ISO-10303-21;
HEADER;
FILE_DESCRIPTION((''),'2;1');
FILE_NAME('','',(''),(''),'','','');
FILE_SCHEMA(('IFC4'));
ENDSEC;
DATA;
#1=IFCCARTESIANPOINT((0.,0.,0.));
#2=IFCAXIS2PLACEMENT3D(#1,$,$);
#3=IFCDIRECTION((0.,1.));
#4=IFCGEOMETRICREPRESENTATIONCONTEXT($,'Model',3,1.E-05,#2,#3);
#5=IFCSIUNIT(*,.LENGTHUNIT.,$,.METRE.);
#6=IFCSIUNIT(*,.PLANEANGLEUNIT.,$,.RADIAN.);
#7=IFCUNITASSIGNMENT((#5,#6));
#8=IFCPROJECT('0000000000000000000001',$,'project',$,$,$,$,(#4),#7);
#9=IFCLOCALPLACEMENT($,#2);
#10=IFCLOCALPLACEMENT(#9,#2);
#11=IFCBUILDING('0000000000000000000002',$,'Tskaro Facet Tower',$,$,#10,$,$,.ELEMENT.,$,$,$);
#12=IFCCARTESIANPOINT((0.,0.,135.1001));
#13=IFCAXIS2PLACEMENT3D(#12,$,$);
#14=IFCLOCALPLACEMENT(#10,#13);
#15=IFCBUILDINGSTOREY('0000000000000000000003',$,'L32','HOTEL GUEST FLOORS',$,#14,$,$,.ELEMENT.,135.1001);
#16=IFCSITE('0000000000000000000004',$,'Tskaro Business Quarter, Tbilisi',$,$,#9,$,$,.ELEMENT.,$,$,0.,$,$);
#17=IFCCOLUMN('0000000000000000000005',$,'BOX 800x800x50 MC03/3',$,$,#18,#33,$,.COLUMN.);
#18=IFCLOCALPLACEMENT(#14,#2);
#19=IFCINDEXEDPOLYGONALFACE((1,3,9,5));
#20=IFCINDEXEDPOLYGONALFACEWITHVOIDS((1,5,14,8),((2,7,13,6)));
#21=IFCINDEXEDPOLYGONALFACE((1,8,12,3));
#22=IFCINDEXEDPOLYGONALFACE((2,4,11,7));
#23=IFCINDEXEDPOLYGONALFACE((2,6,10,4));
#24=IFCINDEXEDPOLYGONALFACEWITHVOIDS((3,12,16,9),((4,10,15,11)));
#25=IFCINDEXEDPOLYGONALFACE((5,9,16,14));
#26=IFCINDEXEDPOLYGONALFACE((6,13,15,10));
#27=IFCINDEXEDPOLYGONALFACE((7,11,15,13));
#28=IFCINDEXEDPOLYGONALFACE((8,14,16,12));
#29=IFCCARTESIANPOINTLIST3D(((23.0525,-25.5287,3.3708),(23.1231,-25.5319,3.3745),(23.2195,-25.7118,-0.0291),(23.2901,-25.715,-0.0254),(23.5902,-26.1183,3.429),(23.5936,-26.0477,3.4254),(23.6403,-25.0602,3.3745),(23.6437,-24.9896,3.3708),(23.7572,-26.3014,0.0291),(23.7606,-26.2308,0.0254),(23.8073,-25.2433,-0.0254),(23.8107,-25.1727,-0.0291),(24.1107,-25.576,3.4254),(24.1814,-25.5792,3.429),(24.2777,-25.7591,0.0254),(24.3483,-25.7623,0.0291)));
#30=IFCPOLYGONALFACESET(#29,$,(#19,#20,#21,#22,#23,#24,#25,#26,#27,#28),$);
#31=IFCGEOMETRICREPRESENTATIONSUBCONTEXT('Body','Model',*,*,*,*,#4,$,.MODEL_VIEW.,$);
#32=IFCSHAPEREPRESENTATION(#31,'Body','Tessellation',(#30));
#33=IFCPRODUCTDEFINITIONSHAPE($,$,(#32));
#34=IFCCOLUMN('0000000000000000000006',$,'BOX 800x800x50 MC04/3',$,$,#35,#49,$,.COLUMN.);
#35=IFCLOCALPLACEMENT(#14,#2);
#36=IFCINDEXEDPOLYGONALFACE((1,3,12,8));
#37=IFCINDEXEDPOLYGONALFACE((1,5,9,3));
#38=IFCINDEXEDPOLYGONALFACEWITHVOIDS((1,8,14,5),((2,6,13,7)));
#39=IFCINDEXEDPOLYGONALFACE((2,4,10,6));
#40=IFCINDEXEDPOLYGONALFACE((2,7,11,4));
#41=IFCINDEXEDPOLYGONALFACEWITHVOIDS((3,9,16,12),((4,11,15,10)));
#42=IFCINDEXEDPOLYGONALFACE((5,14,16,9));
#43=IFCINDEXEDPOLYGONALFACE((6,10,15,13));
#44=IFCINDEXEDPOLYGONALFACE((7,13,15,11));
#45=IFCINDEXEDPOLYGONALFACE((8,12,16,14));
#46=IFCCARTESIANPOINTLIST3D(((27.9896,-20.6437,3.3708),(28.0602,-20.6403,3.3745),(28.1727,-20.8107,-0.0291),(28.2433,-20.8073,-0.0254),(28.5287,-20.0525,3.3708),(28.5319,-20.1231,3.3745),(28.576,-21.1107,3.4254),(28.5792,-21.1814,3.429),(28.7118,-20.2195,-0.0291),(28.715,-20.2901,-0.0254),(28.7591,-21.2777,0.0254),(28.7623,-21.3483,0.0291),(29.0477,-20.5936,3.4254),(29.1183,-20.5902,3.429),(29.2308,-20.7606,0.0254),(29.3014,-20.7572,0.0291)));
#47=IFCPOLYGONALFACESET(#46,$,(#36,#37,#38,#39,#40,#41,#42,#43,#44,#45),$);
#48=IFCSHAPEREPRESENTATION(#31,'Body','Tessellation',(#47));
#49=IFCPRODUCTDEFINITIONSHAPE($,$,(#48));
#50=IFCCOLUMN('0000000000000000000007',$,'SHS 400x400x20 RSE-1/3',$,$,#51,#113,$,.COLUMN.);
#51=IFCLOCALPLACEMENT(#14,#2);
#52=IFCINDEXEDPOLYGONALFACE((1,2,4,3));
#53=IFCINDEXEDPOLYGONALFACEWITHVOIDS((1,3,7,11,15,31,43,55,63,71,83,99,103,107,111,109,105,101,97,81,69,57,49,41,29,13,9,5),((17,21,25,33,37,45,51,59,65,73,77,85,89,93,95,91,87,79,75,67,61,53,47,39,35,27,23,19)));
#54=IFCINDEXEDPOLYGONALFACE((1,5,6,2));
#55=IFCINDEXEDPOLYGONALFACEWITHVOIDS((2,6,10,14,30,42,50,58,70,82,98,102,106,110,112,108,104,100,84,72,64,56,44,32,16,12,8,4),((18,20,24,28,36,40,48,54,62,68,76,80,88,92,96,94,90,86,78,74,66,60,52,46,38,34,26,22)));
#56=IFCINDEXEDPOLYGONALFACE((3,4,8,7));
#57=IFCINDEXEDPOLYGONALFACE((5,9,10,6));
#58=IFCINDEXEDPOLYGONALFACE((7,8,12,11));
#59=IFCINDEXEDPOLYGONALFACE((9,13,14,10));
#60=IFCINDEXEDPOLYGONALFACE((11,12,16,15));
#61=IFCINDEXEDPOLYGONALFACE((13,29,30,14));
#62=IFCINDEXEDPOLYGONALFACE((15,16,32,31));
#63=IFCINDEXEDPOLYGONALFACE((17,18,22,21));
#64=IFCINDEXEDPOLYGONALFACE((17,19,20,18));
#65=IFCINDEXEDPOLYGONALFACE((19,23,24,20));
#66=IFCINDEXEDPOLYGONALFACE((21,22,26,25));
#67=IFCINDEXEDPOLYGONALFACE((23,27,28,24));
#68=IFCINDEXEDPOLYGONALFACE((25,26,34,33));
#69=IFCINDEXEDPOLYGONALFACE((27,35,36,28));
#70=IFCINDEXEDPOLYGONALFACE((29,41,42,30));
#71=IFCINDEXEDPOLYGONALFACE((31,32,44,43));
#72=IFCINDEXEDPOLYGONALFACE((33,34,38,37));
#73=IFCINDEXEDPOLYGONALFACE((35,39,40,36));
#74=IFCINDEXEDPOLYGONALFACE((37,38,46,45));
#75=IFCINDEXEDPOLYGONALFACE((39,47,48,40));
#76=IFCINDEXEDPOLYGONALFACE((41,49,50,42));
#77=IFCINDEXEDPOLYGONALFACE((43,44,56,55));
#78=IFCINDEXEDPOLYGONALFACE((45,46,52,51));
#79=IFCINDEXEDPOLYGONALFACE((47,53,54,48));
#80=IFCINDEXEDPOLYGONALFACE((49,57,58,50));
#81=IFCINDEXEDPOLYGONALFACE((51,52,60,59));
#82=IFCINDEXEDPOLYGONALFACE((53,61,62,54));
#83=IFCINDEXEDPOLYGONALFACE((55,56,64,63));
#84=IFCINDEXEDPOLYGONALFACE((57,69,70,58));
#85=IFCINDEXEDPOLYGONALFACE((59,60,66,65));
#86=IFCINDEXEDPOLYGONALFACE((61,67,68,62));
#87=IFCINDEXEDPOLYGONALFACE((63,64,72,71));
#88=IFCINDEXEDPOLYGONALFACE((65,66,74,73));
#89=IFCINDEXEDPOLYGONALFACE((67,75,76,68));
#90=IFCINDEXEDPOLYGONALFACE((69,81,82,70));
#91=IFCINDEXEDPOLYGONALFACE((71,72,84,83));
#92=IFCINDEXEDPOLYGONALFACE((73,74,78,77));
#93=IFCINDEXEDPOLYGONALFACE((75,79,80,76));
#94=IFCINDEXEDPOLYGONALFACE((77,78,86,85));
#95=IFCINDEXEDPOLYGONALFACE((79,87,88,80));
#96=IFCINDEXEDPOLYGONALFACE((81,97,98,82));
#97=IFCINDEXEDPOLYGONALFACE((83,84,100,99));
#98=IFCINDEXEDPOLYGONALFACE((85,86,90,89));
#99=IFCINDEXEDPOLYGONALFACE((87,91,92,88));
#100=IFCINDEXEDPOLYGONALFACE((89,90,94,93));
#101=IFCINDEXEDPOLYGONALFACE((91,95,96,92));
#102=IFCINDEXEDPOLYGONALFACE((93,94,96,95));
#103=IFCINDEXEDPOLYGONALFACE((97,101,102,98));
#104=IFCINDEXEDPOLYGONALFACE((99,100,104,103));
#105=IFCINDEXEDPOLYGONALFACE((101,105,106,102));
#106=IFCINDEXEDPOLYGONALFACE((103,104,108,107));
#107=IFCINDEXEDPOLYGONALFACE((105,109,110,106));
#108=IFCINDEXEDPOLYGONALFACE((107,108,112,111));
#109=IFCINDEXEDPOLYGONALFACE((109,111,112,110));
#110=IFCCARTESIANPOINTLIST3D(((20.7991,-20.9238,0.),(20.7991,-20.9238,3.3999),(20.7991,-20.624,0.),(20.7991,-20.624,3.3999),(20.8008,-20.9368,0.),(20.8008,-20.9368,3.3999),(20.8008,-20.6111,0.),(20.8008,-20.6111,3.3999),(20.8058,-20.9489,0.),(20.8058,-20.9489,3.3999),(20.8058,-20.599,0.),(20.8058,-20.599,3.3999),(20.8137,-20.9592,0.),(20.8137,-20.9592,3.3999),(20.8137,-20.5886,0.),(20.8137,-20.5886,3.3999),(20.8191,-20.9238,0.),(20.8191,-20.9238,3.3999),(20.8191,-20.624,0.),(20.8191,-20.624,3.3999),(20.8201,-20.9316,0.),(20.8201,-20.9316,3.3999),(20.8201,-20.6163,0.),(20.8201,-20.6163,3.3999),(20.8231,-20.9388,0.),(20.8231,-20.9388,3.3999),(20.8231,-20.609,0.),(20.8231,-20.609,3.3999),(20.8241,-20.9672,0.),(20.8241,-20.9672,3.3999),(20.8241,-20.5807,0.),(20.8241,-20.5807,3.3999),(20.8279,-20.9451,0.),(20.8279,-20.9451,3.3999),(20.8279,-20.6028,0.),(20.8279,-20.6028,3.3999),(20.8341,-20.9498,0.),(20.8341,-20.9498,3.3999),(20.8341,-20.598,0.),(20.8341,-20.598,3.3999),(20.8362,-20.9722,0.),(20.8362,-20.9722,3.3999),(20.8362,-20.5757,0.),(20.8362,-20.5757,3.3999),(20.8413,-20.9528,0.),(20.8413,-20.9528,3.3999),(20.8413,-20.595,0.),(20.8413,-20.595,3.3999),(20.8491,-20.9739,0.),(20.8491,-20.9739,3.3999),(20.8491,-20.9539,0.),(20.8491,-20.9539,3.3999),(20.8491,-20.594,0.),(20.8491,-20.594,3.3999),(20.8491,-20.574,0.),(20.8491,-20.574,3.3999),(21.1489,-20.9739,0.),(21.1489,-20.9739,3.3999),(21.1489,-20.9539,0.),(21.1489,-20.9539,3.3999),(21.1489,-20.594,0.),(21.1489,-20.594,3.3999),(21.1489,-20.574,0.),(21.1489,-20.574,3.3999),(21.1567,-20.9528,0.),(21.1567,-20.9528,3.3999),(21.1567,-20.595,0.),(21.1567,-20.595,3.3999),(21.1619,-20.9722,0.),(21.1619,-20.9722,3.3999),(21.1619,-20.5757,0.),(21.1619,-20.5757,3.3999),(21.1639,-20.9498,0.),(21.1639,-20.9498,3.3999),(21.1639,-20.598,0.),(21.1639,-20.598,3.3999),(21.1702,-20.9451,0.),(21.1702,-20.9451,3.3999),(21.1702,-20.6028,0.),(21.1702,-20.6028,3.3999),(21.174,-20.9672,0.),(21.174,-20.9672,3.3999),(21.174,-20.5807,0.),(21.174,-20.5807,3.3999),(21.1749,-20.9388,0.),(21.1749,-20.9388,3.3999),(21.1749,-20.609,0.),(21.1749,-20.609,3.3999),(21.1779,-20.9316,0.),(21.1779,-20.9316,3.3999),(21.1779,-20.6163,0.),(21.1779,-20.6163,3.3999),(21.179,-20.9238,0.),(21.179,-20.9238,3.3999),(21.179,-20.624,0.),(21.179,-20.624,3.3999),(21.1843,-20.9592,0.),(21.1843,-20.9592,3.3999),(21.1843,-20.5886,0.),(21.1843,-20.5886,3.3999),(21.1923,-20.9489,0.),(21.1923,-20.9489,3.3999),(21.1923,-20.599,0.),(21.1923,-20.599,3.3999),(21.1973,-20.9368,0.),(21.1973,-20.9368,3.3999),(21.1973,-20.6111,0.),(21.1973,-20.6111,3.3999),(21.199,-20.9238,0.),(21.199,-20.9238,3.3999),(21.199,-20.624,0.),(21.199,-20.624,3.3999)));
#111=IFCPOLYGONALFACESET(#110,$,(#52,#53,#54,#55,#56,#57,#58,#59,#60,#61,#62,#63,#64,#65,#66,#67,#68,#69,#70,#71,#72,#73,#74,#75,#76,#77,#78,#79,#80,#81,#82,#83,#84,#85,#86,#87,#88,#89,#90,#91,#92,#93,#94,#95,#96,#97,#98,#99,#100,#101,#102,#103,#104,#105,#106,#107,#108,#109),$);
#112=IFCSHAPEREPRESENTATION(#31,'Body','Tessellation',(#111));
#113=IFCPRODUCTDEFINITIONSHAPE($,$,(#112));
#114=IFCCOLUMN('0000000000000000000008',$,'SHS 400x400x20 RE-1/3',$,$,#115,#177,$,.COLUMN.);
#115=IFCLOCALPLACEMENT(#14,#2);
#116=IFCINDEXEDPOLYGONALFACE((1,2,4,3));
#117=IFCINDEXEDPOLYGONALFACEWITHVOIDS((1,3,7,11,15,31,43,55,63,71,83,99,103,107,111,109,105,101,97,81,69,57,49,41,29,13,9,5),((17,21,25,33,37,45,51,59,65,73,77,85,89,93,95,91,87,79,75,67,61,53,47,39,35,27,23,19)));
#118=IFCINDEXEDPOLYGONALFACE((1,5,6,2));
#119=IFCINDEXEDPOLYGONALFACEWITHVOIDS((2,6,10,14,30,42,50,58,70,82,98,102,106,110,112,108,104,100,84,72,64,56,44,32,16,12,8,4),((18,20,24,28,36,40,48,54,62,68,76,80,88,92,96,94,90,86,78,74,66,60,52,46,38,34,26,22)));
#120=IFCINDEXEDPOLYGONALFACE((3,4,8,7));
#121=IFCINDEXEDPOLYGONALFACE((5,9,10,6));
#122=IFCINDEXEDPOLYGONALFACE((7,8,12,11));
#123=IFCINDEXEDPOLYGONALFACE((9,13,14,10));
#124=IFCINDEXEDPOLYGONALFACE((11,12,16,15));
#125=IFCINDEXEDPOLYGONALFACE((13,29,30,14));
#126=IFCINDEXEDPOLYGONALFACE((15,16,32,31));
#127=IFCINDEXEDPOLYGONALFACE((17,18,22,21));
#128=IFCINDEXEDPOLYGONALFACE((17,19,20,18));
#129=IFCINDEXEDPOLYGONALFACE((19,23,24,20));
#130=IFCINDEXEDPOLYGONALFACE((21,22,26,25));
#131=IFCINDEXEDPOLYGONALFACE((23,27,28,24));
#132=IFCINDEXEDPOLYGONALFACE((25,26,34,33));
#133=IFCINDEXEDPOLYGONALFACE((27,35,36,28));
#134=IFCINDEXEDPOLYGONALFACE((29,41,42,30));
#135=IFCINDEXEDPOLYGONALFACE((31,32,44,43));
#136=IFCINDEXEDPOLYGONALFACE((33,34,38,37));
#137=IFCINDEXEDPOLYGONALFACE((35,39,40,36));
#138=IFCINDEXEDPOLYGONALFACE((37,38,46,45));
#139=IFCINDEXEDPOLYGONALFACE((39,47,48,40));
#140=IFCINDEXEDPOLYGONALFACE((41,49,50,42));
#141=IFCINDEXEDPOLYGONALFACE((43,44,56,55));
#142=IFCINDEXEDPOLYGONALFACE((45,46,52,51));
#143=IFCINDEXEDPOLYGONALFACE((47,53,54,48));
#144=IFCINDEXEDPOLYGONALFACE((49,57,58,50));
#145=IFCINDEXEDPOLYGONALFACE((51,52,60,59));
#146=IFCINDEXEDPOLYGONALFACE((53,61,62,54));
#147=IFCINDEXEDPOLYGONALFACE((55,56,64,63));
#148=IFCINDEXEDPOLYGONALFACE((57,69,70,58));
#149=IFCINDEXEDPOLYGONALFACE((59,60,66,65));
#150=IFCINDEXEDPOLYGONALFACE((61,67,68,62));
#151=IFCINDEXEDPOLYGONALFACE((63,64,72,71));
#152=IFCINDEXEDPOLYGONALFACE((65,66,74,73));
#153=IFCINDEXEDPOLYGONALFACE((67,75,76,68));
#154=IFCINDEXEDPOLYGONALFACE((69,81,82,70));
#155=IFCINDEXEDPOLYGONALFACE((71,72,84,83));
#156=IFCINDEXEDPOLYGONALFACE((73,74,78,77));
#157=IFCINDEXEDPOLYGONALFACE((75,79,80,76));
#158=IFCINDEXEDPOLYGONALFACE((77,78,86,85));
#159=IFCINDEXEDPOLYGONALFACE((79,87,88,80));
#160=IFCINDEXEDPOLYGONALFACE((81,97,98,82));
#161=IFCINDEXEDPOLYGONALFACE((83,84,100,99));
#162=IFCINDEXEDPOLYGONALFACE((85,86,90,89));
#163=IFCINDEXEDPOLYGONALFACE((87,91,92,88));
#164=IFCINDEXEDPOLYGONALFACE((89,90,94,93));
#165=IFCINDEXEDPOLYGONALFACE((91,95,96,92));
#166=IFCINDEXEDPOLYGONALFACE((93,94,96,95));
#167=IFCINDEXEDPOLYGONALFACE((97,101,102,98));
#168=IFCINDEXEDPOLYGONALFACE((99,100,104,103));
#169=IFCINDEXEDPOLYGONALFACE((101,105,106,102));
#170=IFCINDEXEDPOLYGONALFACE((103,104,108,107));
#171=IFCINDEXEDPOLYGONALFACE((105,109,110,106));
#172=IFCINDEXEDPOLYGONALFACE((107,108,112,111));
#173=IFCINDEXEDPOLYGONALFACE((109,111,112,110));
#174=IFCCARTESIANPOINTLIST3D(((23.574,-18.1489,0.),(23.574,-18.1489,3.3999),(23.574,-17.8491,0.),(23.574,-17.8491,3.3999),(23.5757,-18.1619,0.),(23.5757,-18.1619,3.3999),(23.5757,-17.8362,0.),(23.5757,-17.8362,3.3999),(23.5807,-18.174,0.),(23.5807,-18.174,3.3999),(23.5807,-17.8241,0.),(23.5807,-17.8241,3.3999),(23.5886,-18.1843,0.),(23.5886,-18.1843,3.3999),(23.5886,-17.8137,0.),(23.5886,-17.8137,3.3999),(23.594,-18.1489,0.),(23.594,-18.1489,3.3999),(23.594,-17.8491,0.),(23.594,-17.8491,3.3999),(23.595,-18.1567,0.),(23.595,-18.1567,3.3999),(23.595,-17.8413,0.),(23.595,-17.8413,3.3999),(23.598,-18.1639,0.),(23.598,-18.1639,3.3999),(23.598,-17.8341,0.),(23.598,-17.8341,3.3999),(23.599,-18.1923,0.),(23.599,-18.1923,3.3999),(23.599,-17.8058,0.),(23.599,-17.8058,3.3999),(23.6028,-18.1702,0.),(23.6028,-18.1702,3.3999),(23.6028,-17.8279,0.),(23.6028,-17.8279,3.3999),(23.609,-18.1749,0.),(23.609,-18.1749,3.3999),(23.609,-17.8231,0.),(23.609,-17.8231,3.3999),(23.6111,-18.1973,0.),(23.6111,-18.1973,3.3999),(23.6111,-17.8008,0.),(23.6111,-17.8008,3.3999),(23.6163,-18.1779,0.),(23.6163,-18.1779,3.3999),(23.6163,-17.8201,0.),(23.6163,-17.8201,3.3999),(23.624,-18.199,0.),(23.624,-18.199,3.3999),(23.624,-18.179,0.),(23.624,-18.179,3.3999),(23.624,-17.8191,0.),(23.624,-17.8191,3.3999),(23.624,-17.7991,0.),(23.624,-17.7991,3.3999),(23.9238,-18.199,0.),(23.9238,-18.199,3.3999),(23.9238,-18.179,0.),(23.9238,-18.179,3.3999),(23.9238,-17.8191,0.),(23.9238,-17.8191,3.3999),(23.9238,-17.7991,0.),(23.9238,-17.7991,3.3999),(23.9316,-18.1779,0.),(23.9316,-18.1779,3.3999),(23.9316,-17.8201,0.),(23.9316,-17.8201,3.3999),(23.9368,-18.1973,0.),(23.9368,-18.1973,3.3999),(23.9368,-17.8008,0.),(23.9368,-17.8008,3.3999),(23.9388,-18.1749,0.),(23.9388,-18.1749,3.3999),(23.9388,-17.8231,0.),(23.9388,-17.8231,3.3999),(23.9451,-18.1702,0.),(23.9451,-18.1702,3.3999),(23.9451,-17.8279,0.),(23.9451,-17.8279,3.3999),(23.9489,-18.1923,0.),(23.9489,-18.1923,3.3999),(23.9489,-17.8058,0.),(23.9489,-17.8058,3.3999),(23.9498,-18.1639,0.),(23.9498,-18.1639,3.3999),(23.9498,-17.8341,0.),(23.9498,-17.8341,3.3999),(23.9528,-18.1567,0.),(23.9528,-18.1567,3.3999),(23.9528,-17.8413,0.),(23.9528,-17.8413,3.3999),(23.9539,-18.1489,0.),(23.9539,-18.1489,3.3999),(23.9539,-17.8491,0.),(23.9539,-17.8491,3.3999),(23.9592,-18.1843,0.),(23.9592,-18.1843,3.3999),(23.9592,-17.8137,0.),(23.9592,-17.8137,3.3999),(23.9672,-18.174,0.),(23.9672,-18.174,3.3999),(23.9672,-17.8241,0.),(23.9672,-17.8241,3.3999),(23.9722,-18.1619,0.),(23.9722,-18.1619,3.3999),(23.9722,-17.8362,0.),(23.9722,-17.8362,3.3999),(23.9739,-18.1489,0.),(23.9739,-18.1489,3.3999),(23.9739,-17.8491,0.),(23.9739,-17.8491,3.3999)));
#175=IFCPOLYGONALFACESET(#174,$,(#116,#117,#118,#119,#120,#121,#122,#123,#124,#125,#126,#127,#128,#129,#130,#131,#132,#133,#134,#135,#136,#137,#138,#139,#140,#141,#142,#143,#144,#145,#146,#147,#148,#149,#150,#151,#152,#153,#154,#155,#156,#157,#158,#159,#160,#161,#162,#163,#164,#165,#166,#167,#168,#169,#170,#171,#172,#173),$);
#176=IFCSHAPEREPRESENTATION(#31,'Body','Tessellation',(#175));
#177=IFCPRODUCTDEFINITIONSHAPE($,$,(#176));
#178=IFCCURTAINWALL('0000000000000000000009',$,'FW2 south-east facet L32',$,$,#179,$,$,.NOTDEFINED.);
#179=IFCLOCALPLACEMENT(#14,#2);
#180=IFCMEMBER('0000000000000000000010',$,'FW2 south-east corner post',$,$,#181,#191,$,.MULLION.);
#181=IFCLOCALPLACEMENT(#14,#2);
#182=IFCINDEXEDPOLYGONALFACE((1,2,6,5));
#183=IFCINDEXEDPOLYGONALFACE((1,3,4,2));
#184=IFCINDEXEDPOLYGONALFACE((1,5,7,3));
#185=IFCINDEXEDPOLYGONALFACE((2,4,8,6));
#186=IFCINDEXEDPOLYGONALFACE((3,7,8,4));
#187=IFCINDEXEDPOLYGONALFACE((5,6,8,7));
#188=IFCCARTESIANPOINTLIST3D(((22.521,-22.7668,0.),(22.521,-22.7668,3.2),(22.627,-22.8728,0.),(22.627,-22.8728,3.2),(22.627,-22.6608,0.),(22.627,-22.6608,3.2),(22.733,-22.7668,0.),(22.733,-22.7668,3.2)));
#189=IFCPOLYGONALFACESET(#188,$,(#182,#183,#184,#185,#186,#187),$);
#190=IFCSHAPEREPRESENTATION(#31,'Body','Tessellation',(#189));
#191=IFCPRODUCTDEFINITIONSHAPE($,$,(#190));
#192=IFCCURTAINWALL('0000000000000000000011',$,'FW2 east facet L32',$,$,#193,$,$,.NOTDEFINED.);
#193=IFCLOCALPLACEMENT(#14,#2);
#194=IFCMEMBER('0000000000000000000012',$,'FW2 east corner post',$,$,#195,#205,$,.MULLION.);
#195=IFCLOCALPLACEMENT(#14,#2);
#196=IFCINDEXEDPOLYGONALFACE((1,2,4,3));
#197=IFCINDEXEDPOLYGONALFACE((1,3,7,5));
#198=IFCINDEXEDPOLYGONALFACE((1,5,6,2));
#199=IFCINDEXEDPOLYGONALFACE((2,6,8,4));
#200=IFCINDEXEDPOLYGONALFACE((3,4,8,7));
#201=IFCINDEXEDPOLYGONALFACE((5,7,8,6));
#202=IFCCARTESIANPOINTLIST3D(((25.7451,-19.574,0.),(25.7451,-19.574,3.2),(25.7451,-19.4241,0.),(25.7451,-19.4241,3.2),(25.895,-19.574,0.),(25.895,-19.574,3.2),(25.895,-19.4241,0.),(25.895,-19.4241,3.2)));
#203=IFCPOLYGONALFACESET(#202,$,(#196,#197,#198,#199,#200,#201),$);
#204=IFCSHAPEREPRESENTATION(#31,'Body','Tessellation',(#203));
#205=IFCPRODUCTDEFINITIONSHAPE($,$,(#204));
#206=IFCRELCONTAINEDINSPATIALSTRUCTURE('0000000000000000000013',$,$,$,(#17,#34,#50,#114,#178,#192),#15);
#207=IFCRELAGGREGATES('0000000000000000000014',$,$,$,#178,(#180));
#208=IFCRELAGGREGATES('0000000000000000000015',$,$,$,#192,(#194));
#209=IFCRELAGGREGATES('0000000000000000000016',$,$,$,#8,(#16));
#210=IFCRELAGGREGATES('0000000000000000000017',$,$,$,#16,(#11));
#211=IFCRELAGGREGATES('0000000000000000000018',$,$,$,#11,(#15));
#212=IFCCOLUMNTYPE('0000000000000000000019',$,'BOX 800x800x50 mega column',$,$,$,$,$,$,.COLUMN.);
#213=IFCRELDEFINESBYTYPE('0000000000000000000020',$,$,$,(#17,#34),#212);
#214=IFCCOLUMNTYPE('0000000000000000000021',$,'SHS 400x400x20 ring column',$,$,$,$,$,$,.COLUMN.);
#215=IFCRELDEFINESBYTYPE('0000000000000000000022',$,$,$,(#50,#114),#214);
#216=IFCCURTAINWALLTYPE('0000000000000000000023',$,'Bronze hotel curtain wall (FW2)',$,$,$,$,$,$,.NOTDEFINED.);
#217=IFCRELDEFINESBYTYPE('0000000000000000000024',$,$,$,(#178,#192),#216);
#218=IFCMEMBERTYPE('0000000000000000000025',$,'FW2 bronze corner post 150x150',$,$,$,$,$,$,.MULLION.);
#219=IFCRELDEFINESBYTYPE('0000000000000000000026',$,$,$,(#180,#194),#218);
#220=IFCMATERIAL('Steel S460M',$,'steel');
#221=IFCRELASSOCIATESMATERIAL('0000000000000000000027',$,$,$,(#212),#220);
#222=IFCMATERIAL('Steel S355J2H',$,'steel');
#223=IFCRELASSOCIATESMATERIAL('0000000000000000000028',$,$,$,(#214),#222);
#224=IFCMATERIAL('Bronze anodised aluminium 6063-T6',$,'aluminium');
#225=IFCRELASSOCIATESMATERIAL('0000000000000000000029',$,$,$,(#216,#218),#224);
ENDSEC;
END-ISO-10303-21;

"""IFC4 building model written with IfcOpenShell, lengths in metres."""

from ifc_helpers import new_model, si_unit, direction, frame, origin, origin_2d, place, context, subcontext, project, spatial, rectangle, hollow_rectangle, extrude, material, material_profile, profile_set, type_object, element, aggregate, save


model = new_model("IFC4")

# Units and contexts
model_context = context("Model", 3, precision=1e-05, world=origin(), true_north=direction((0.0, 1.0)))
body_context = subcontext(model_context, "Body", "Model", "MODEL_VIEW")
ifc_project = project(units=[si_unit("LENGTHUNIT", "METRE"), si_unit("PLANEANGLEUNIT", "RADIAN")], contexts=[model_context])

# Site, building, storey
site_placement = place(None, origin())
site = spatial("IfcSite", under=ifc_project, at=site_placement, Name="Tskaro Business Quarter, Tbilisi", CompositionType="ELEMENT", RefElevation=0.0)
building_placement = place(site_placement, origin())
building = spatial("IfcBuilding", under=site, at=building_placement, Name="Tskaro Facet Tower", CompositionType="ELEMENT")
storey_placement = place(building_placement, frame((0.0, 0.0, 135.1001)))
storey = spatial("IfcBuildingStorey", under=building, at=storey_placement, Name="L32", Description="HOTEL GUEST FLOORS", CompositionType="ELEMENT", Elevation=135.1001)

# Columns
ifc_material_1 = material(Name="Steel S460M", Category="steel")
ifc_material_profile_1 = material_profile(ifc_material_1, hollow_rectangle(XDim=0.8, YDim=0.8, WallThickness=0.05, at=origin_2d()), Name="BOX 800x800x50")
ifc_profile_set_1 = profile_set([ifc_material_profile_1], Name="Steel S460M")
column_type_1 = type_object("IfcColumnType", Name="BOX 800x800x50 mega column", PredefinedType="COLUMN", material=ifc_profile_set_1)
for number, where, z_axis, x_axis, name in (
    (1, (23.7839, -25.7371, 0.0), (-0.048987, 0.053714, 0.997354), (-0.738869, -0.673849, 0.0), "BOX 800x800x50 MC03/3"),
    (2, (28.7371, -20.7839, 0.0), (-0.053714, 0.048987, 0.997354), (-0.673849, -0.738869, 0.0), "BOX 800x800x50 MC04/3"),
):
    element("IfcColumn", number, at=place(storey_placement, frame(where, z_axis=z_axis, x_axis=x_axis)), inside=storey, type_object=column_type_1, Name=name, PredefinedType="COLUMN", context=body_context, shape_type="SweptSolid", body=[
        extrude(hollow_rectangle(XDim=0.8, YDim=0.8, WallThickness=0.05, at=origin_2d()), origin(), (0.0, 0.0, 1.0), 3.4089),
    ])
ifc_material_2 = material(Name="Steel S355J2H", Category="steel")
ifc_material_profile_2 = material_profile(ifc_material_2, hollow_rectangle(XDim=0.3999, YDim=0.3999, WallThickness=0.02, InnerFilletRadius=0.03, OuterFilletRadius=0.05, at=origin_2d()), Name="SHS 400x400x20")
ifc_profile_set_2 = profile_set([ifc_material_profile_2], Name="Steel S355J2H")
column_type_2 = type_object("IfcColumnType", Name="SHS 400x400x20 ring column", PredefinedType="COLUMN", material=ifc_profile_set_2)
for number, where, z_axis, x_axis, name in (
    (3, (20.999, -20.7739, 0.0), (0.0, 0.0, 1.0), (1.0, 0.0, 0.0), "SHS 400x400x20 RSE-1/3"),
    (4, (23.7739, -17.999, 0.0), (0.0, 0.0, 1.0), (1.0, 0.0, 0.0), "SHS 400x400x20 RE-1/3"),
):
    element("IfcColumn", number, at=place(storey_placement, frame(where, z_axis=z_axis, x_axis=x_axis)), inside=storey, type_object=column_type_2, Name=name, PredefinedType="COLUMN", context=body_context, shape_type="SweptSolid", body=[
        extrude(hollow_rectangle(XDim=0.3999, YDim=0.3999, WallThickness=0.02, InnerFilletRadius=0.03, OuterFilletRadius=0.05, at=origin_2d()), origin(), (0.0, 0.0, 1.0), 3.3999),
    ])

# Curtain walls, members
ifc_material_3 = material(Name="Bronze anodised aluminium 6063-T6", Category="aluminium")
curtain_wall_type = type_object("IfcCurtainWallType", Name="Bronze hotel curtain wall (FW2)", PredefinedType="NOTDEFINED", material=ifc_material_3)
curtain_wall_1_placement = place(storey_placement, origin())
curtain_wall_1 = element("IfcCurtainWall", 5, at=curtain_wall_1_placement, inside=storey, type_object=curtain_wall_type, Name="FW2 south-east facet L32", PredefinedType="NOTDEFINED")
ifc_material_profile_3 = material_profile(ifc_material_3, rectangle(XDim=0.1499, YDim=0.1499, at=origin_2d()), Name="Corner post 150x150")
ifc_profile_set_3 = profile_set([ifc_material_profile_3], Name="Bronze anodised aluminium 6063-T6")
member_type_1 = type_object("IfcMemberType", Name="FW2 bronze corner post 150x150", PredefinedType="MULLION", material=ifc_profile_set_3)
member_1_placement = place(storey_placement, frame((22.627, -22.7668, 0.0), z_axis=(0.0, 0.0, 1.0), x_axis=(0.707107, 0.707107, 0.0)))
member_1 = element("IfcMember", 6, at=member_1_placement, type_object=member_type_1, Name="FW2 south-east corner post", PredefinedType="MULLION", context=body_context, shape_type="SweptSolid", body=[
    extrude(rectangle(XDim=0.1499, YDim=0.1499, at=origin_2d()), origin(), (0.0, 0.0, 1.0), 3.2),
])
curtain_wall_2_placement = place(storey_placement, origin())
curtain_wall_2 = element("IfcCurtainWall", 7, at=curtain_wall_2_placement, inside=storey, type_object=curtain_wall_type, Name="FW2 east facet L32", PredefinedType="NOTDEFINED")
member_2_placement = place(storey_placement, frame((25.8201, -19.499, 0.0), z_axis=(0.0, 0.0, 1.0), x_axis=(0.0, 1.0, 0.0)))
member_2 = element("IfcMember", 8, at=member_2_placement, type_object=member_type_1, Name="FW2 east corner post", PredefinedType="MULLION", context=body_context, shape_type="SweptSolid", body=[
    extrude(rectangle(XDim=0.1499, YDim=0.1499, at=origin_2d()), origin(), (0.0, 0.0, 1.0), 3.2),
])

aggregate(curtain_wall_1, [member_1])
aggregate(curtain_wall_2, [member_2])

save(model, "model.ifc")
